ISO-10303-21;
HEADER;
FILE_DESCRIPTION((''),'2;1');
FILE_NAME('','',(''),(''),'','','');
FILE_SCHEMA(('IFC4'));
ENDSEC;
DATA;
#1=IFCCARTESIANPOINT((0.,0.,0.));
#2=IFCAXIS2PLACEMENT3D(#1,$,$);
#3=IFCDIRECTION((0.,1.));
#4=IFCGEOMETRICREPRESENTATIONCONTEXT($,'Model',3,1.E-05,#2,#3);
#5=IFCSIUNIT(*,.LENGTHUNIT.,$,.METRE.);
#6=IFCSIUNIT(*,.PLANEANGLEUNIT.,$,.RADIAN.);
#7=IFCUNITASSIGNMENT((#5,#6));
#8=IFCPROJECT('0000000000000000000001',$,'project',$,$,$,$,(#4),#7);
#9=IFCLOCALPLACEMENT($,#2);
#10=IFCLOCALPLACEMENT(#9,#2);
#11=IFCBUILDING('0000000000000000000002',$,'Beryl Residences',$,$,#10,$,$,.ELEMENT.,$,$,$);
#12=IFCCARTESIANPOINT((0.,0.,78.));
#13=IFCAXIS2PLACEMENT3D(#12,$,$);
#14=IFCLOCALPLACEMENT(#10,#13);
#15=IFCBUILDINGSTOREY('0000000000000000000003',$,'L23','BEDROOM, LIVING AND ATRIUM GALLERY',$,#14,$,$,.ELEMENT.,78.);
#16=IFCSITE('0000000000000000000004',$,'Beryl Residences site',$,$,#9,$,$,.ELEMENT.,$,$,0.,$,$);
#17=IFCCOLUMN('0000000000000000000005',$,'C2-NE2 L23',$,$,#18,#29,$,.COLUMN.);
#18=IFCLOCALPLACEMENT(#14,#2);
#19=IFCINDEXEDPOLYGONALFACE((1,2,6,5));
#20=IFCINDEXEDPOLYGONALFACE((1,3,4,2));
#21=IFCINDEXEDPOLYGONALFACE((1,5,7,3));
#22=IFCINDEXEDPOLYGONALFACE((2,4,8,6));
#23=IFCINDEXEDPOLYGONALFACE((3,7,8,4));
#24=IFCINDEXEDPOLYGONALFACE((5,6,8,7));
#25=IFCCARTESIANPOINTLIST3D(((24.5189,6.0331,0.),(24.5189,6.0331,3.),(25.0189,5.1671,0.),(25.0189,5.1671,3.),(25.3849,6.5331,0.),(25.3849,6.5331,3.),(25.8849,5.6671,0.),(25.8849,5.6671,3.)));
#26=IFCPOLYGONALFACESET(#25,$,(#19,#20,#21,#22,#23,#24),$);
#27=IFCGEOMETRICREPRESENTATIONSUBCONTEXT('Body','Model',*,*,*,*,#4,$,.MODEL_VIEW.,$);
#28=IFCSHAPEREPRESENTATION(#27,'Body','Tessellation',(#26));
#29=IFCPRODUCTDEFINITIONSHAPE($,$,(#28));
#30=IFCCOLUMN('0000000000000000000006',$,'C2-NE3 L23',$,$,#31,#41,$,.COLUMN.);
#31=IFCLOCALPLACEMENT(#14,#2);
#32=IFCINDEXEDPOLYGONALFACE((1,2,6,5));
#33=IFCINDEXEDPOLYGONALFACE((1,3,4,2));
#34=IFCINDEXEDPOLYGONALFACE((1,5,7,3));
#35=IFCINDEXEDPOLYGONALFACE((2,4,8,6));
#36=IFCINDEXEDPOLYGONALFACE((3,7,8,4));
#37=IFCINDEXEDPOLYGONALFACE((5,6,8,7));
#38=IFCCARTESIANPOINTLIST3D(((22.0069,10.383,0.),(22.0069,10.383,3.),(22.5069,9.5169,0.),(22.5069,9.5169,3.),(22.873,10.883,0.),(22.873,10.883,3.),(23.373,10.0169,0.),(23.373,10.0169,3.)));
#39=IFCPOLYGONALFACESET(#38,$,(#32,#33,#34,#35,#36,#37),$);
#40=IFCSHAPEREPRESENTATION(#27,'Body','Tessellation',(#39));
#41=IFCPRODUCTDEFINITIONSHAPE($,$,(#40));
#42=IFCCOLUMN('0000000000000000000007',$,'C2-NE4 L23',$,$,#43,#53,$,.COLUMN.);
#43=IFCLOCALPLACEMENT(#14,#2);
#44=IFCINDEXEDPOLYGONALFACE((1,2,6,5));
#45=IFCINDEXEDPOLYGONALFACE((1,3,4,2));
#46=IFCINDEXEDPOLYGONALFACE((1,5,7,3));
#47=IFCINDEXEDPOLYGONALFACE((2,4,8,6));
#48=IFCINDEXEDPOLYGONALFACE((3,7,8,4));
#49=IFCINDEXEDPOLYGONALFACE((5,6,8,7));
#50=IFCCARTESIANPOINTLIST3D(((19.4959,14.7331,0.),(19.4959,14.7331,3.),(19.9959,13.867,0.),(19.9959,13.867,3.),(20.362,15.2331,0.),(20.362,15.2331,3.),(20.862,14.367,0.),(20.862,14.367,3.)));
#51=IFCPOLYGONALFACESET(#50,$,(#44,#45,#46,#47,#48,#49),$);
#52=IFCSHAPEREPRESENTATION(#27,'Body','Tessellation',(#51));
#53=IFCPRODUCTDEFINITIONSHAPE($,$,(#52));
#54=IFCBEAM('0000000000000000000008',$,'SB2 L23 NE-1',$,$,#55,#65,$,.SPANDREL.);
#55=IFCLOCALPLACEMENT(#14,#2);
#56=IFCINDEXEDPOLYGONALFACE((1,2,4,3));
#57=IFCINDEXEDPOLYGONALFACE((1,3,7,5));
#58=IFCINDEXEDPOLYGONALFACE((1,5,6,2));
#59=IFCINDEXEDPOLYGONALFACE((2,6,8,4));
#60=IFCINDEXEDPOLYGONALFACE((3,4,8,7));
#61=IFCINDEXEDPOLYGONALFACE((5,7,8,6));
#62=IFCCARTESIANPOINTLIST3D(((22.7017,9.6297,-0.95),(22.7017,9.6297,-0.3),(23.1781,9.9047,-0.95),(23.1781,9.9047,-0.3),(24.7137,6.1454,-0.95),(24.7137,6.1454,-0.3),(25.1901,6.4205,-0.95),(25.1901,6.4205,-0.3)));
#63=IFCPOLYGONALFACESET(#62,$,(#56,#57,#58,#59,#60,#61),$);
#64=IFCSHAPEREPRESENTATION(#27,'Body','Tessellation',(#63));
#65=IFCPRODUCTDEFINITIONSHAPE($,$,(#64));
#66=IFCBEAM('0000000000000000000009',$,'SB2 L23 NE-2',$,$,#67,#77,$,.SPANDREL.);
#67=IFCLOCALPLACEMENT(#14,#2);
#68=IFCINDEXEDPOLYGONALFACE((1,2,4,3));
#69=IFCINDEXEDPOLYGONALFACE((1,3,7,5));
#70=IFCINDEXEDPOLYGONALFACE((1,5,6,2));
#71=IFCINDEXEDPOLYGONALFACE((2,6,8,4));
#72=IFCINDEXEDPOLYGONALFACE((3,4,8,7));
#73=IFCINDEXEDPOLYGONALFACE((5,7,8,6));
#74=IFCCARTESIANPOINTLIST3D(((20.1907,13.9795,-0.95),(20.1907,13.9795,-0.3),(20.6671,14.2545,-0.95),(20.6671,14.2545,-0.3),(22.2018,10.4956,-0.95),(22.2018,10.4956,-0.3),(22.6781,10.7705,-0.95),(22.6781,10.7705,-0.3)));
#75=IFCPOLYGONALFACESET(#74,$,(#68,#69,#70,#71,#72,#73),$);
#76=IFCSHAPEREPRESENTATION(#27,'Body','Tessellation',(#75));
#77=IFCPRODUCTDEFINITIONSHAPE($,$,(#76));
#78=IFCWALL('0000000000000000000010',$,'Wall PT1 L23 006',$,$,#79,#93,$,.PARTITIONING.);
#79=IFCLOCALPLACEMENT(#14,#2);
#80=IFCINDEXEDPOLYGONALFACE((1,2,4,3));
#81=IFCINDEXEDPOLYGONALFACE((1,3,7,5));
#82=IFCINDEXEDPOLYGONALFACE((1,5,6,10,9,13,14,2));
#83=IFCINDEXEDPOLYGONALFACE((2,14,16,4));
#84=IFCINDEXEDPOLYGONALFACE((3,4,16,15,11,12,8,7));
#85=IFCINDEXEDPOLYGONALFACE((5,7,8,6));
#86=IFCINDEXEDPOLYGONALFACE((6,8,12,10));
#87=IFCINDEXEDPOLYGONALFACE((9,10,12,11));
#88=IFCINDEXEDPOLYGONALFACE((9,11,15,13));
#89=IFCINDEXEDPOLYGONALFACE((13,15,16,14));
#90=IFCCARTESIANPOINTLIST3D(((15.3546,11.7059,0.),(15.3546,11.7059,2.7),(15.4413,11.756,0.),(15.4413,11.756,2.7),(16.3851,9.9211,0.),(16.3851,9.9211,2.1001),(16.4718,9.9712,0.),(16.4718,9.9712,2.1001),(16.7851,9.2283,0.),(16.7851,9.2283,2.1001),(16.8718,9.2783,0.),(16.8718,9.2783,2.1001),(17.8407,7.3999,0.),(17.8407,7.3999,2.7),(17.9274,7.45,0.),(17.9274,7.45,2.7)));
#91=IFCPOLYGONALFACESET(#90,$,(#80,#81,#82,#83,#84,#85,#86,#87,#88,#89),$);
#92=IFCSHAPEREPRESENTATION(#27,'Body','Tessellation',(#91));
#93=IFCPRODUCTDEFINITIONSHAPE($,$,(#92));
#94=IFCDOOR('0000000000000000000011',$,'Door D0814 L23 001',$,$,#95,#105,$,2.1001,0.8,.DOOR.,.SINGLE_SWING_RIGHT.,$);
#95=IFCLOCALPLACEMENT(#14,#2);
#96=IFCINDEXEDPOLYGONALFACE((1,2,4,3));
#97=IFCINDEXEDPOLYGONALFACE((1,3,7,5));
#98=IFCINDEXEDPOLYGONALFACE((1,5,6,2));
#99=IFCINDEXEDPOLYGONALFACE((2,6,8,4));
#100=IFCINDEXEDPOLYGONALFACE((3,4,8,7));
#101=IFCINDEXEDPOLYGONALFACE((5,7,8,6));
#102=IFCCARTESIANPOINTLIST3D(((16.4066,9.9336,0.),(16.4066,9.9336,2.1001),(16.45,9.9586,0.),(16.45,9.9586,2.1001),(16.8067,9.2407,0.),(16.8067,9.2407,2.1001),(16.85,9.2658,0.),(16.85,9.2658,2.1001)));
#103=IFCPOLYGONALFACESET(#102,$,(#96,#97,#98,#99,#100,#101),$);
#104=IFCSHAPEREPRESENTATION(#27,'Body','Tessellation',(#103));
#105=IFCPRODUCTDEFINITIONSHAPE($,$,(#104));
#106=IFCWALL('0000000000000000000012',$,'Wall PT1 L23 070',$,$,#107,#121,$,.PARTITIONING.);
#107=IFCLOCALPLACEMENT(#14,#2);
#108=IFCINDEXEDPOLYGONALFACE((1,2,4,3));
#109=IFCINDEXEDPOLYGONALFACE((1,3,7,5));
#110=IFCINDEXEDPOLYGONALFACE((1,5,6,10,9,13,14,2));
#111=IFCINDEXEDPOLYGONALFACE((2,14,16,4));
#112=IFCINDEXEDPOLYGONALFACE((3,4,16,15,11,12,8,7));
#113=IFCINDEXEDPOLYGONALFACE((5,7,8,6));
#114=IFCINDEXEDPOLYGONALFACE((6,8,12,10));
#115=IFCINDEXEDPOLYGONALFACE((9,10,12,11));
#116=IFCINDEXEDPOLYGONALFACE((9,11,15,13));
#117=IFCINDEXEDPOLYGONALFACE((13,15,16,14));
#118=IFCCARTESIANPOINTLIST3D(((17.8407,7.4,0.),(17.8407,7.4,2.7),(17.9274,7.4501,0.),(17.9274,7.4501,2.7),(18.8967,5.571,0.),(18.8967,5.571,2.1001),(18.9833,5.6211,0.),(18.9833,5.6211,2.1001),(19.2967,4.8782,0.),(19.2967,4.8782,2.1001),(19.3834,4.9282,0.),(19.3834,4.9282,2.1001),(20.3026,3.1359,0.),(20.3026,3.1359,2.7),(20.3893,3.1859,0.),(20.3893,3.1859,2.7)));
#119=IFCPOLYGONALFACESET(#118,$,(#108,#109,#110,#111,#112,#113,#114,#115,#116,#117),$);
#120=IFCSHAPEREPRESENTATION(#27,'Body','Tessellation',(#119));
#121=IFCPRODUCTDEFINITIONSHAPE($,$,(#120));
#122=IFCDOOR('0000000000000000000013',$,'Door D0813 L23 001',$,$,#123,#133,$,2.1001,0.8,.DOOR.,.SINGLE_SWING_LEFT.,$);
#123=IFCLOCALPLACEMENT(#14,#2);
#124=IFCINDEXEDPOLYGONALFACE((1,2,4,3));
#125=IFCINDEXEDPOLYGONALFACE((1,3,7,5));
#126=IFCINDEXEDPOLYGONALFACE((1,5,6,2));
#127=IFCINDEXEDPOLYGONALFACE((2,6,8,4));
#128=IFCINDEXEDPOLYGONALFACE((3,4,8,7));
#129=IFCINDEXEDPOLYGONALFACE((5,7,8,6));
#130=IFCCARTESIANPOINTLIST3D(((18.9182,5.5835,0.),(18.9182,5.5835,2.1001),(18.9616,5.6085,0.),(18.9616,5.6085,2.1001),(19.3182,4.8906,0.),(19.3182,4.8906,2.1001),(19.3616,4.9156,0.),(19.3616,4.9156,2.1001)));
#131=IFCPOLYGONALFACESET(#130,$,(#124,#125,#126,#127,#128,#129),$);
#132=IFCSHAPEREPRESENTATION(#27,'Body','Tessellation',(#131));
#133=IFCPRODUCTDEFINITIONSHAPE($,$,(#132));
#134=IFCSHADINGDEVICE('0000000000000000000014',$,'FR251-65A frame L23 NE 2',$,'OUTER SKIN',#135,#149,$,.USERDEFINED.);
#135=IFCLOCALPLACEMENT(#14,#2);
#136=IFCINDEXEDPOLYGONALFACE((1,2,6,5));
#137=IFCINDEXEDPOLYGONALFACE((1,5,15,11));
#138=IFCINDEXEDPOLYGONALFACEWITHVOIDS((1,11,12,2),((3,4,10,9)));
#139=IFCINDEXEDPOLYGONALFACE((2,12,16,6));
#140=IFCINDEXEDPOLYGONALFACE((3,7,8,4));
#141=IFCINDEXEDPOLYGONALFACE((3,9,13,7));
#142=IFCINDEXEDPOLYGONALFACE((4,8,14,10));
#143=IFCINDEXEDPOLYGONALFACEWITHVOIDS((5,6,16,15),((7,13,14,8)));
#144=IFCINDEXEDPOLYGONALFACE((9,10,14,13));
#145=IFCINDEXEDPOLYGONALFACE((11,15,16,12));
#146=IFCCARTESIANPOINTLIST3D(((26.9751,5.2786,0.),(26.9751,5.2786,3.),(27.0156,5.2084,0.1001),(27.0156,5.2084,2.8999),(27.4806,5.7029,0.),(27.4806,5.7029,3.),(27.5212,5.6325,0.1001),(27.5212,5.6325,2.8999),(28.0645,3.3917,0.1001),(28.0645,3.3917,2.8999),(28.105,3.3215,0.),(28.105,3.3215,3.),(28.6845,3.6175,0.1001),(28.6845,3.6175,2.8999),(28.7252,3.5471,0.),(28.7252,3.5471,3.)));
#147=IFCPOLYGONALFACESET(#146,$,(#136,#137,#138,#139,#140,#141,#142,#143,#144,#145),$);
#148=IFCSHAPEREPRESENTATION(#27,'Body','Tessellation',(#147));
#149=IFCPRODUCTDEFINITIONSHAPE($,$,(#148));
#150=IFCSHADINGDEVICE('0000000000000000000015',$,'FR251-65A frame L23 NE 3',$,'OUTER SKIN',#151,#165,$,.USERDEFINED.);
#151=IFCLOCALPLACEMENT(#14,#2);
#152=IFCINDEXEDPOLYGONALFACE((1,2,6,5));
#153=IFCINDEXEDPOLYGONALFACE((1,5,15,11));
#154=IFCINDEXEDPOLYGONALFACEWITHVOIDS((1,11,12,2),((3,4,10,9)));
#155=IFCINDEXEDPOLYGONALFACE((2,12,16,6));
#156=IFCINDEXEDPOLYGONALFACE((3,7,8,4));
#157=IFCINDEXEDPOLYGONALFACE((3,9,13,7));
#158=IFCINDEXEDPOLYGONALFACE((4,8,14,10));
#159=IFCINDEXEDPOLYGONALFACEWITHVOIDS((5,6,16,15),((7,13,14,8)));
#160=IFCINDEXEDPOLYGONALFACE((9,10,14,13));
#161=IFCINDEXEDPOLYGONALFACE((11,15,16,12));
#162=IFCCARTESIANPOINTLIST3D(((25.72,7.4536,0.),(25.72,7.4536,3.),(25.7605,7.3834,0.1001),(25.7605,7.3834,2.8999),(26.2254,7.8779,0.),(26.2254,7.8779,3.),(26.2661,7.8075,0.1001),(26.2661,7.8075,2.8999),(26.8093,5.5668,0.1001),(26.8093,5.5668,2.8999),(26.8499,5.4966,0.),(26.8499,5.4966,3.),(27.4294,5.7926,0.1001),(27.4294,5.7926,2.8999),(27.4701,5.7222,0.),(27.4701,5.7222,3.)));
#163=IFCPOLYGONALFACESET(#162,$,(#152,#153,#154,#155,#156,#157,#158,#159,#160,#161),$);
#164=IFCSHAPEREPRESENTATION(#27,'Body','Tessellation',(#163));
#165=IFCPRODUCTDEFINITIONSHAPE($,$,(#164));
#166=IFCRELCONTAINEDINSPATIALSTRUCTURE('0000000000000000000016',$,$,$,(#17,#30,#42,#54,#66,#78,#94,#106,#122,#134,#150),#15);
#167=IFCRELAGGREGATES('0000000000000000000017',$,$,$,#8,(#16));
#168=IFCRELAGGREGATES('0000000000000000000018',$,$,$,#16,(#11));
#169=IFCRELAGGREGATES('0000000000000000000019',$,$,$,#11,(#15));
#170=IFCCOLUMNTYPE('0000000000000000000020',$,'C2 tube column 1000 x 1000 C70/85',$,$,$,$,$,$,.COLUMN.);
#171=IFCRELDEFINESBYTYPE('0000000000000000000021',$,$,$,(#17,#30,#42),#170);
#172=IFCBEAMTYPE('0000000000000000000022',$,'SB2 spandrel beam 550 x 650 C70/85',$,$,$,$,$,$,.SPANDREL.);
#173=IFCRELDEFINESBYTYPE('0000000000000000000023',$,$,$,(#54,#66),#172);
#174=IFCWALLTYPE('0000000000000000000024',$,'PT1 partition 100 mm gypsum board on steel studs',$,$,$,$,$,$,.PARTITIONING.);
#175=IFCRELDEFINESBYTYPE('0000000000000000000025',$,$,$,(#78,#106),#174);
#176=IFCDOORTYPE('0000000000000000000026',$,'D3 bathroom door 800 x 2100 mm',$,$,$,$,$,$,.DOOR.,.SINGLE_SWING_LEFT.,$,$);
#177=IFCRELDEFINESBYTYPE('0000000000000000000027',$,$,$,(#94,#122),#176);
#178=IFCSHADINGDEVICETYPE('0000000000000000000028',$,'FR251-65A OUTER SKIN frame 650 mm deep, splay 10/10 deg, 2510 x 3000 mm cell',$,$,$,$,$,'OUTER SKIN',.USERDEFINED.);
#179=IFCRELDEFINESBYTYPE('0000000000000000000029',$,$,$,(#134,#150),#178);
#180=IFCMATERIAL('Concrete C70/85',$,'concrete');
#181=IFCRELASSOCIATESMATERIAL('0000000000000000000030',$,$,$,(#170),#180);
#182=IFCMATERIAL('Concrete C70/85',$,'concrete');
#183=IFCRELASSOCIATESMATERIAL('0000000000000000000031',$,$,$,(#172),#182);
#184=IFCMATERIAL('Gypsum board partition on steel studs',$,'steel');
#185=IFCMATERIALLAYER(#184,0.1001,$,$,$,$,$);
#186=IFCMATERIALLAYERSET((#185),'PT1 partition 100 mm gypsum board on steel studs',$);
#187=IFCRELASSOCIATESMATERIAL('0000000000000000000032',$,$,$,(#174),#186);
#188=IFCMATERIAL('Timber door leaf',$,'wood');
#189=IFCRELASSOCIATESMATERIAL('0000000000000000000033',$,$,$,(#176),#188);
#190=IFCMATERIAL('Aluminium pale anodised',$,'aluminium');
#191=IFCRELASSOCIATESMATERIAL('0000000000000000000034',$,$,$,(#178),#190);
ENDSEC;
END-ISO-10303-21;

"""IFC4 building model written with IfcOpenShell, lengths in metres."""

from ifc_helpers import new_model, entity, si_unit, direction, frame, frame_2d, origin, origin_2d, place, context, subcontext, project, spatial, rectangle, extrude, source, transform, mapped, material, layer, layer_set, material_profile, profile_set, type_object, type_shapes, element, fill, save


model = new_model("IFC4")

# Units and contexts
model_context = context("Model", 3, precision=1e-05, world=origin(), true_north=direction((0.0, 1.0)))
body_context = subcontext(model_context, "Body", "Model", "MODEL_VIEW")
ifc_project = project(units=[si_unit("LENGTHUNIT", "METRE"), si_unit("PLANEANGLEUNIT", "RADIAN")], contexts=[model_context])

# Site, building, storey
site_placement = place(None, origin())
site = spatial("IfcSite", under=ifc_project, at=site_placement, Name="Beryl Residences site", CompositionType="ELEMENT", RefElevation=0.0)
building_placement = place(site_placement, origin())
building = spatial("IfcBuilding", under=site, at=building_placement, Name="Beryl Residences", CompositionType="ELEMENT")
storey_placement = place(building_placement, frame((0.0, 0.0, 78.0)))
storey = spatial("IfcBuildingStorey", under=building, at=storey_placement, Name="L23", Description="BEDROOM, LIVING AND ATRIUM GALLERY", CompositionType="ELEMENT", Elevation=78.0)

# Columns
ifc_material_1 = material(Name="Concrete C70/85", Category="concrete")
ifc_material_profile_1 = material_profile(ifc_material_1, rectangle(XDim=1.0, YDim=1.0, at=origin_2d()))
ifc_profile_set_1 = profile_set([ifc_material_profile_1], Name="Concrete C70/85")
column_type = type_object("IfcColumnType", Name="C2 tube column 1000 x 1000 C70/85", PredefinedType="COLUMN", material=ifc_profile_set_1)
for number, where, z_axis, x_axis, name in (
    (1, (25.2019, 5.8501, 0.0), (0.0, 0.0, 1.0), (-0.5, 0.866025, 0.0), "C2-NE2 L23"),
    (2, (22.6899, 10.2, 0.0), (0.0, 0.0, 1.0), (-0.5, 0.866025, 0.0), "C2-NE3 L23"),
    (3, (20.179, 14.55, 0.0), (0.0, 0.0, 1.0), (-0.5, 0.866025, 0.0), "C2-NE4 L23"),
):
    element("IfcColumn", number, at=place(storey_placement, frame(where, z_axis=z_axis, x_axis=x_axis)), inside=storey, type_object=column_type, Name=name, PredefinedType="COLUMN", context=body_context, shape_type="SweptSolid", body=[
        extrude(rectangle(XDim=1.0, YDim=1.0, at=origin_2d()), origin(), (0.0, 0.0, 1.0), 3.0),
    ])

# Beams
ifc_material_2 = material(Name="Concrete C70/85", Category="concrete")
ifc_material_profile_2 = material_profile(ifc_material_2, rectangle(XDim=0.55, YDim=0.6499, at=origin_2d()))
ifc_profile_set_2 = profile_set([ifc_material_profile_2], Name="Concrete C70/85")
beam_type = type_object("IfcBeamType", Name="SB2 spandrel beam 550 x 650 C70/85", PredefinedType="SPANDREL", material=ifc_profile_set_2)
beam_1_placement = place(storey_placement, frame((24.9519, 6.283, -0.625), z_axis=(-0.500074, 0.865982, 0.0), x_axis=(-0.865982, -0.500074, 0.0)))
element("IfcBeam", 4, at=beam_1_placement, inside=storey, type_object=beam_type, Name="SB2 L23 NE-1", PredefinedType="SPANDREL", context=body_context, shape_type="SweptSolid", body=[
    extrude(rectangle(XDim=0.55, YDim=0.6499, at=origin_2d()), origin(), (0.0, 0.0, 1.0), 4.0234),
])
beam_2_placement = place(storey_placement, frame((22.4399, 10.6331, -0.625), z_axis=(-0.499919, 0.866072, 0.0), x_axis=(-0.866072, -0.499919, 0.0)))
element("IfcBeam", 5, at=beam_2_placement, inside=storey, type_object=beam_type, Name="SB2 L23 NE-2", PredefinedType="SPANDREL", context=body_context, shape_type="SweptSolid", body=[
    extrude(rectangle(XDim=0.55, YDim=0.6499, at=origin_2d()), origin(), (0.0, 0.0, 1.0), 4.0227),
])

# Walls, openings, doors
ifc_material_3 = material(Name="Gypsum board partition on steel studs", Category="steel")
ifc_layer = layer(ifc_material_3, 0.1001)
ifc_layer_set = layer_set([ifc_layer], Name="PT1 partition 100 mm gypsum board on steel studs")
wall_type = type_object("IfcWallType", Name="PT1 partition 100 mm gypsum board on steel studs", PredefinedType="PARTITIONING", material=ifc_layer_set)
wall_1_placement = place(storey_placement, frame((15.3979, 11.731, 0.0), z_axis=(0.0, 0.0, 1.0), x_axis=(0.50001, -0.86602, 0.0)))
wall_1 = element("IfcWall", 6, at=wall_1_placement, inside=storey, type_object=wall_type, Name="Wall PT1 L23 006", PredefinedType="PARTITIONING", context=body_context, shape_type="SweptSolid", body=[
    extrude(rectangle(XDim=4.9722, YDim=0.1001, at=frame_2d((2.4861, 0.0))), origin(), (0.0, 0.0, 1.0), 2.7),
])
opening_1_placement = place(wall_1_placement, frame((2.061, 0.0, 0.0)))
opening_1 = element("IfcOpeningElement", 7, at=opening_1_placement, cuts=wall_1, PredefinedType="OPENING", context=body_context, shape_type="SweptSolid", body=[
    extrude(rectangle(XDim=0.8, YDim=2.1001, at=frame_2d((0.3999, 1.05))), frame((0.0, 0.0601, 0.0), z_axis=(0.0, -1.0, 0.0), x_axis=(1.0, 0.0, 0.0)), (0.0, 0.0, 1.0), 0.1201),
])
ifc_material_4 = material(Name="Timber door leaf", Category="wood")
door_type = type_object("IfcDoorType", Name="D3 bathroom door 800 x 2100 mm", OperationType="SINGLE_SWING_LEFT", PredefinedType="DOOR", material=ifc_material_4)
door_1_placement = place(opening_1_placement, origin())
door_1 = element("IfcDoor", 8, at=door_1_placement, inside=storey, type_object=door_type, Name="Door D0814 L23 001", OperationType="SINGLE_SWING_RIGHT", OverallHeight=2.1001, OverallWidth=0.8, PredefinedType="DOOR", context=body_context, shape_type="SweptSolid", body=[
    extrude(rectangle(XDim=0.8, YDim=2.1001, at=frame_2d((0.3999, 1.05))), frame((0.0, 0.0249, 0.0), z_axis=(0.0, -1.0, 0.0), x_axis=(1.0, 0.0, 0.0)), (0.0, 0.0, 1.0), 0.05),
])
fill(opening_1, door_1)
wall_2_placement = place(storey_placement, frame((17.884, 7.425, 0.0), z_axis=(0.0, 0.0, 1.0), x_axis=(0.5, -0.866025, 0.0)))
wall_2 = element("IfcWall", 9, at=wall_2_placement, inside=storey, type_object=wall_type, Name="Wall PT1 L23 070", PredefinedType="PARTITIONING", context=body_context, shape_type="SweptSolid", body=[
    extrude(rectangle(XDim=4.9238, YDim=0.1001, at=frame_2d((2.4619, 0.0))), origin(), (0.0, 0.0, 1.0), 2.7),
])
opening_2_placement = place(wall_2_placement, frame((2.1121, 0.0, 0.0)))
opening_2 = element("IfcOpeningElement", 10, at=opening_2_placement, cuts=wall_2, PredefinedType="OPENING", context=body_context, shape_type="SweptSolid", body=[
    extrude(rectangle(XDim=0.8, YDim=2.1001, at=frame_2d((0.3999, 1.05))), frame((0.0, 0.0601, 0.0), z_axis=(0.0, -1.0, 0.0), x_axis=(1.0, 0.0, 0.0)), (0.0, 0.0, 1.0), 0.1201),
])
door_2_placement = place(opening_2_placement, origin())
door_2 = element("IfcDoor", 11, at=door_2_placement, inside=storey, type_object=door_type, Name="Door D0813 L23 001", OperationType="SINGLE_SWING_LEFT", OverallHeight=2.1001, OverallWidth=0.8, PredefinedType="DOOR", context=body_context, shape_type="SweptSolid", body=[
    extrude(rectangle(XDim=0.8, YDim=2.1001, at=frame_2d((0.3999, 1.05))), frame((0.0, 0.0249, 0.0), z_axis=(0.0, -1.0, 0.0), x_axis=(1.0, 0.0, 0.0)), (0.0, 0.0, 1.0), 0.05),
])
fill(opening_2, door_2)

# Shading devices
ifc_material_5 = material(Name="Aluminium pale anodised", Category="aluminium")
shading_device_type = type_object("IfcShadingDeviceType", Name="FR251-65A OUTER SKIN frame 650 mm deep, splay 10/10 deg, 2510 x 3000 mm cell", ElementType="OUTER SKIN", PredefinedType="USERDEFINED", material=ifc_material_5)
cartesian_point_1 = entity("IfcCartesianPoint", [-1.1299, 0.0])
cartesian_point_2 = entity("IfcCartesianPoint", [-1.0488, 0.1001])
cartesian_point_3 = entity("IfcCartesianPoint", [-1.2446, 0.0])
cartesian_point_4 = entity("IfcCartesianPoint", [-1.1633, 0.1001])
shared_shape = source(origin(), body_context, "Body", "SweptSolid", [
    entity("IfcExtrudedAreaSolidTapered", entity("IfcArbitraryProfileDefWithVoids", "AREA", None, entity("IfcPolyline", [cartesian_point_1, entity("IfcCartesianPoint", [1.1299, 0.0]), entity("IfcCartesianPoint", [1.1299, 3.0]), entity("IfcCartesianPoint", [-1.1299, 3.0]), cartesian_point_1]), [entity("IfcPolyline", [cartesian_point_2, entity("IfcCartesianPoint", [1.0488, 0.1001]), entity("IfcCartesianPoint", [1.0488, 2.8999]), entity("IfcCartesianPoint", [-1.0488, 2.8999]), cartesian_point_2])]), entity("IfcAxis2Placement3D", entity("IfcCartesianPoint", [0.0, 0.0, 0.0]), entity("IfcDirection", [0.0, 1.0, 0.0]), entity("IfcDirection", [-1.0, 0.0, 0.0])), entity("IfcDirection", [0.0, 0.0, 1.0]), 0.6499, entity("IfcArbitraryProfileDefWithVoids", "AREA", None, entity("IfcPolyline", [cartesian_point_3, entity("IfcCartesianPoint", [1.2446, 0.0]), entity("IfcCartesianPoint", [1.2446, 3.0]), entity("IfcCartesianPoint", [-1.2446, 3.0]), cartesian_point_3]), [entity("IfcPolyline", [cartesian_point_4, entity("IfcCartesianPoint", [1.1633, 0.1001]), entity("IfcCartesianPoint", [1.1633, 2.8999]), entity("IfcCartesianPoint", [-1.1633, 2.8999]), cartesian_point_4])])),
])
type_shapes(shading_device_type, [shared_shape])
for number, where, z_axis, x_axis, name in (
    (12, (27.54, 4.3, 0.0), (0.0, 0.0, 1.0), (0.5, -0.866025, 0.0), "FR251-65A frame L23 NE 2"),
    (13, (26.2849, 6.4751, 0.0), (0.0, 0.0, 1.0), (0.5, -0.866025, 0.0), "FR251-65A frame L23 NE 3"),
):
    element("IfcShadingDevice", number, at=place(storey_placement, frame(where, z_axis=z_axis, x_axis=x_axis)), inside=storey, type_object=shading_device_type, Name=name, ObjectType="OUTER SKIN", PredefinedType="USERDEFINED", context=body_context, shape_type="MappedRepresentation", body=[
        mapped(shared_shape, transform((0.0, 0.0, 0.0))),
    ])

save(model, "model.ifc")
